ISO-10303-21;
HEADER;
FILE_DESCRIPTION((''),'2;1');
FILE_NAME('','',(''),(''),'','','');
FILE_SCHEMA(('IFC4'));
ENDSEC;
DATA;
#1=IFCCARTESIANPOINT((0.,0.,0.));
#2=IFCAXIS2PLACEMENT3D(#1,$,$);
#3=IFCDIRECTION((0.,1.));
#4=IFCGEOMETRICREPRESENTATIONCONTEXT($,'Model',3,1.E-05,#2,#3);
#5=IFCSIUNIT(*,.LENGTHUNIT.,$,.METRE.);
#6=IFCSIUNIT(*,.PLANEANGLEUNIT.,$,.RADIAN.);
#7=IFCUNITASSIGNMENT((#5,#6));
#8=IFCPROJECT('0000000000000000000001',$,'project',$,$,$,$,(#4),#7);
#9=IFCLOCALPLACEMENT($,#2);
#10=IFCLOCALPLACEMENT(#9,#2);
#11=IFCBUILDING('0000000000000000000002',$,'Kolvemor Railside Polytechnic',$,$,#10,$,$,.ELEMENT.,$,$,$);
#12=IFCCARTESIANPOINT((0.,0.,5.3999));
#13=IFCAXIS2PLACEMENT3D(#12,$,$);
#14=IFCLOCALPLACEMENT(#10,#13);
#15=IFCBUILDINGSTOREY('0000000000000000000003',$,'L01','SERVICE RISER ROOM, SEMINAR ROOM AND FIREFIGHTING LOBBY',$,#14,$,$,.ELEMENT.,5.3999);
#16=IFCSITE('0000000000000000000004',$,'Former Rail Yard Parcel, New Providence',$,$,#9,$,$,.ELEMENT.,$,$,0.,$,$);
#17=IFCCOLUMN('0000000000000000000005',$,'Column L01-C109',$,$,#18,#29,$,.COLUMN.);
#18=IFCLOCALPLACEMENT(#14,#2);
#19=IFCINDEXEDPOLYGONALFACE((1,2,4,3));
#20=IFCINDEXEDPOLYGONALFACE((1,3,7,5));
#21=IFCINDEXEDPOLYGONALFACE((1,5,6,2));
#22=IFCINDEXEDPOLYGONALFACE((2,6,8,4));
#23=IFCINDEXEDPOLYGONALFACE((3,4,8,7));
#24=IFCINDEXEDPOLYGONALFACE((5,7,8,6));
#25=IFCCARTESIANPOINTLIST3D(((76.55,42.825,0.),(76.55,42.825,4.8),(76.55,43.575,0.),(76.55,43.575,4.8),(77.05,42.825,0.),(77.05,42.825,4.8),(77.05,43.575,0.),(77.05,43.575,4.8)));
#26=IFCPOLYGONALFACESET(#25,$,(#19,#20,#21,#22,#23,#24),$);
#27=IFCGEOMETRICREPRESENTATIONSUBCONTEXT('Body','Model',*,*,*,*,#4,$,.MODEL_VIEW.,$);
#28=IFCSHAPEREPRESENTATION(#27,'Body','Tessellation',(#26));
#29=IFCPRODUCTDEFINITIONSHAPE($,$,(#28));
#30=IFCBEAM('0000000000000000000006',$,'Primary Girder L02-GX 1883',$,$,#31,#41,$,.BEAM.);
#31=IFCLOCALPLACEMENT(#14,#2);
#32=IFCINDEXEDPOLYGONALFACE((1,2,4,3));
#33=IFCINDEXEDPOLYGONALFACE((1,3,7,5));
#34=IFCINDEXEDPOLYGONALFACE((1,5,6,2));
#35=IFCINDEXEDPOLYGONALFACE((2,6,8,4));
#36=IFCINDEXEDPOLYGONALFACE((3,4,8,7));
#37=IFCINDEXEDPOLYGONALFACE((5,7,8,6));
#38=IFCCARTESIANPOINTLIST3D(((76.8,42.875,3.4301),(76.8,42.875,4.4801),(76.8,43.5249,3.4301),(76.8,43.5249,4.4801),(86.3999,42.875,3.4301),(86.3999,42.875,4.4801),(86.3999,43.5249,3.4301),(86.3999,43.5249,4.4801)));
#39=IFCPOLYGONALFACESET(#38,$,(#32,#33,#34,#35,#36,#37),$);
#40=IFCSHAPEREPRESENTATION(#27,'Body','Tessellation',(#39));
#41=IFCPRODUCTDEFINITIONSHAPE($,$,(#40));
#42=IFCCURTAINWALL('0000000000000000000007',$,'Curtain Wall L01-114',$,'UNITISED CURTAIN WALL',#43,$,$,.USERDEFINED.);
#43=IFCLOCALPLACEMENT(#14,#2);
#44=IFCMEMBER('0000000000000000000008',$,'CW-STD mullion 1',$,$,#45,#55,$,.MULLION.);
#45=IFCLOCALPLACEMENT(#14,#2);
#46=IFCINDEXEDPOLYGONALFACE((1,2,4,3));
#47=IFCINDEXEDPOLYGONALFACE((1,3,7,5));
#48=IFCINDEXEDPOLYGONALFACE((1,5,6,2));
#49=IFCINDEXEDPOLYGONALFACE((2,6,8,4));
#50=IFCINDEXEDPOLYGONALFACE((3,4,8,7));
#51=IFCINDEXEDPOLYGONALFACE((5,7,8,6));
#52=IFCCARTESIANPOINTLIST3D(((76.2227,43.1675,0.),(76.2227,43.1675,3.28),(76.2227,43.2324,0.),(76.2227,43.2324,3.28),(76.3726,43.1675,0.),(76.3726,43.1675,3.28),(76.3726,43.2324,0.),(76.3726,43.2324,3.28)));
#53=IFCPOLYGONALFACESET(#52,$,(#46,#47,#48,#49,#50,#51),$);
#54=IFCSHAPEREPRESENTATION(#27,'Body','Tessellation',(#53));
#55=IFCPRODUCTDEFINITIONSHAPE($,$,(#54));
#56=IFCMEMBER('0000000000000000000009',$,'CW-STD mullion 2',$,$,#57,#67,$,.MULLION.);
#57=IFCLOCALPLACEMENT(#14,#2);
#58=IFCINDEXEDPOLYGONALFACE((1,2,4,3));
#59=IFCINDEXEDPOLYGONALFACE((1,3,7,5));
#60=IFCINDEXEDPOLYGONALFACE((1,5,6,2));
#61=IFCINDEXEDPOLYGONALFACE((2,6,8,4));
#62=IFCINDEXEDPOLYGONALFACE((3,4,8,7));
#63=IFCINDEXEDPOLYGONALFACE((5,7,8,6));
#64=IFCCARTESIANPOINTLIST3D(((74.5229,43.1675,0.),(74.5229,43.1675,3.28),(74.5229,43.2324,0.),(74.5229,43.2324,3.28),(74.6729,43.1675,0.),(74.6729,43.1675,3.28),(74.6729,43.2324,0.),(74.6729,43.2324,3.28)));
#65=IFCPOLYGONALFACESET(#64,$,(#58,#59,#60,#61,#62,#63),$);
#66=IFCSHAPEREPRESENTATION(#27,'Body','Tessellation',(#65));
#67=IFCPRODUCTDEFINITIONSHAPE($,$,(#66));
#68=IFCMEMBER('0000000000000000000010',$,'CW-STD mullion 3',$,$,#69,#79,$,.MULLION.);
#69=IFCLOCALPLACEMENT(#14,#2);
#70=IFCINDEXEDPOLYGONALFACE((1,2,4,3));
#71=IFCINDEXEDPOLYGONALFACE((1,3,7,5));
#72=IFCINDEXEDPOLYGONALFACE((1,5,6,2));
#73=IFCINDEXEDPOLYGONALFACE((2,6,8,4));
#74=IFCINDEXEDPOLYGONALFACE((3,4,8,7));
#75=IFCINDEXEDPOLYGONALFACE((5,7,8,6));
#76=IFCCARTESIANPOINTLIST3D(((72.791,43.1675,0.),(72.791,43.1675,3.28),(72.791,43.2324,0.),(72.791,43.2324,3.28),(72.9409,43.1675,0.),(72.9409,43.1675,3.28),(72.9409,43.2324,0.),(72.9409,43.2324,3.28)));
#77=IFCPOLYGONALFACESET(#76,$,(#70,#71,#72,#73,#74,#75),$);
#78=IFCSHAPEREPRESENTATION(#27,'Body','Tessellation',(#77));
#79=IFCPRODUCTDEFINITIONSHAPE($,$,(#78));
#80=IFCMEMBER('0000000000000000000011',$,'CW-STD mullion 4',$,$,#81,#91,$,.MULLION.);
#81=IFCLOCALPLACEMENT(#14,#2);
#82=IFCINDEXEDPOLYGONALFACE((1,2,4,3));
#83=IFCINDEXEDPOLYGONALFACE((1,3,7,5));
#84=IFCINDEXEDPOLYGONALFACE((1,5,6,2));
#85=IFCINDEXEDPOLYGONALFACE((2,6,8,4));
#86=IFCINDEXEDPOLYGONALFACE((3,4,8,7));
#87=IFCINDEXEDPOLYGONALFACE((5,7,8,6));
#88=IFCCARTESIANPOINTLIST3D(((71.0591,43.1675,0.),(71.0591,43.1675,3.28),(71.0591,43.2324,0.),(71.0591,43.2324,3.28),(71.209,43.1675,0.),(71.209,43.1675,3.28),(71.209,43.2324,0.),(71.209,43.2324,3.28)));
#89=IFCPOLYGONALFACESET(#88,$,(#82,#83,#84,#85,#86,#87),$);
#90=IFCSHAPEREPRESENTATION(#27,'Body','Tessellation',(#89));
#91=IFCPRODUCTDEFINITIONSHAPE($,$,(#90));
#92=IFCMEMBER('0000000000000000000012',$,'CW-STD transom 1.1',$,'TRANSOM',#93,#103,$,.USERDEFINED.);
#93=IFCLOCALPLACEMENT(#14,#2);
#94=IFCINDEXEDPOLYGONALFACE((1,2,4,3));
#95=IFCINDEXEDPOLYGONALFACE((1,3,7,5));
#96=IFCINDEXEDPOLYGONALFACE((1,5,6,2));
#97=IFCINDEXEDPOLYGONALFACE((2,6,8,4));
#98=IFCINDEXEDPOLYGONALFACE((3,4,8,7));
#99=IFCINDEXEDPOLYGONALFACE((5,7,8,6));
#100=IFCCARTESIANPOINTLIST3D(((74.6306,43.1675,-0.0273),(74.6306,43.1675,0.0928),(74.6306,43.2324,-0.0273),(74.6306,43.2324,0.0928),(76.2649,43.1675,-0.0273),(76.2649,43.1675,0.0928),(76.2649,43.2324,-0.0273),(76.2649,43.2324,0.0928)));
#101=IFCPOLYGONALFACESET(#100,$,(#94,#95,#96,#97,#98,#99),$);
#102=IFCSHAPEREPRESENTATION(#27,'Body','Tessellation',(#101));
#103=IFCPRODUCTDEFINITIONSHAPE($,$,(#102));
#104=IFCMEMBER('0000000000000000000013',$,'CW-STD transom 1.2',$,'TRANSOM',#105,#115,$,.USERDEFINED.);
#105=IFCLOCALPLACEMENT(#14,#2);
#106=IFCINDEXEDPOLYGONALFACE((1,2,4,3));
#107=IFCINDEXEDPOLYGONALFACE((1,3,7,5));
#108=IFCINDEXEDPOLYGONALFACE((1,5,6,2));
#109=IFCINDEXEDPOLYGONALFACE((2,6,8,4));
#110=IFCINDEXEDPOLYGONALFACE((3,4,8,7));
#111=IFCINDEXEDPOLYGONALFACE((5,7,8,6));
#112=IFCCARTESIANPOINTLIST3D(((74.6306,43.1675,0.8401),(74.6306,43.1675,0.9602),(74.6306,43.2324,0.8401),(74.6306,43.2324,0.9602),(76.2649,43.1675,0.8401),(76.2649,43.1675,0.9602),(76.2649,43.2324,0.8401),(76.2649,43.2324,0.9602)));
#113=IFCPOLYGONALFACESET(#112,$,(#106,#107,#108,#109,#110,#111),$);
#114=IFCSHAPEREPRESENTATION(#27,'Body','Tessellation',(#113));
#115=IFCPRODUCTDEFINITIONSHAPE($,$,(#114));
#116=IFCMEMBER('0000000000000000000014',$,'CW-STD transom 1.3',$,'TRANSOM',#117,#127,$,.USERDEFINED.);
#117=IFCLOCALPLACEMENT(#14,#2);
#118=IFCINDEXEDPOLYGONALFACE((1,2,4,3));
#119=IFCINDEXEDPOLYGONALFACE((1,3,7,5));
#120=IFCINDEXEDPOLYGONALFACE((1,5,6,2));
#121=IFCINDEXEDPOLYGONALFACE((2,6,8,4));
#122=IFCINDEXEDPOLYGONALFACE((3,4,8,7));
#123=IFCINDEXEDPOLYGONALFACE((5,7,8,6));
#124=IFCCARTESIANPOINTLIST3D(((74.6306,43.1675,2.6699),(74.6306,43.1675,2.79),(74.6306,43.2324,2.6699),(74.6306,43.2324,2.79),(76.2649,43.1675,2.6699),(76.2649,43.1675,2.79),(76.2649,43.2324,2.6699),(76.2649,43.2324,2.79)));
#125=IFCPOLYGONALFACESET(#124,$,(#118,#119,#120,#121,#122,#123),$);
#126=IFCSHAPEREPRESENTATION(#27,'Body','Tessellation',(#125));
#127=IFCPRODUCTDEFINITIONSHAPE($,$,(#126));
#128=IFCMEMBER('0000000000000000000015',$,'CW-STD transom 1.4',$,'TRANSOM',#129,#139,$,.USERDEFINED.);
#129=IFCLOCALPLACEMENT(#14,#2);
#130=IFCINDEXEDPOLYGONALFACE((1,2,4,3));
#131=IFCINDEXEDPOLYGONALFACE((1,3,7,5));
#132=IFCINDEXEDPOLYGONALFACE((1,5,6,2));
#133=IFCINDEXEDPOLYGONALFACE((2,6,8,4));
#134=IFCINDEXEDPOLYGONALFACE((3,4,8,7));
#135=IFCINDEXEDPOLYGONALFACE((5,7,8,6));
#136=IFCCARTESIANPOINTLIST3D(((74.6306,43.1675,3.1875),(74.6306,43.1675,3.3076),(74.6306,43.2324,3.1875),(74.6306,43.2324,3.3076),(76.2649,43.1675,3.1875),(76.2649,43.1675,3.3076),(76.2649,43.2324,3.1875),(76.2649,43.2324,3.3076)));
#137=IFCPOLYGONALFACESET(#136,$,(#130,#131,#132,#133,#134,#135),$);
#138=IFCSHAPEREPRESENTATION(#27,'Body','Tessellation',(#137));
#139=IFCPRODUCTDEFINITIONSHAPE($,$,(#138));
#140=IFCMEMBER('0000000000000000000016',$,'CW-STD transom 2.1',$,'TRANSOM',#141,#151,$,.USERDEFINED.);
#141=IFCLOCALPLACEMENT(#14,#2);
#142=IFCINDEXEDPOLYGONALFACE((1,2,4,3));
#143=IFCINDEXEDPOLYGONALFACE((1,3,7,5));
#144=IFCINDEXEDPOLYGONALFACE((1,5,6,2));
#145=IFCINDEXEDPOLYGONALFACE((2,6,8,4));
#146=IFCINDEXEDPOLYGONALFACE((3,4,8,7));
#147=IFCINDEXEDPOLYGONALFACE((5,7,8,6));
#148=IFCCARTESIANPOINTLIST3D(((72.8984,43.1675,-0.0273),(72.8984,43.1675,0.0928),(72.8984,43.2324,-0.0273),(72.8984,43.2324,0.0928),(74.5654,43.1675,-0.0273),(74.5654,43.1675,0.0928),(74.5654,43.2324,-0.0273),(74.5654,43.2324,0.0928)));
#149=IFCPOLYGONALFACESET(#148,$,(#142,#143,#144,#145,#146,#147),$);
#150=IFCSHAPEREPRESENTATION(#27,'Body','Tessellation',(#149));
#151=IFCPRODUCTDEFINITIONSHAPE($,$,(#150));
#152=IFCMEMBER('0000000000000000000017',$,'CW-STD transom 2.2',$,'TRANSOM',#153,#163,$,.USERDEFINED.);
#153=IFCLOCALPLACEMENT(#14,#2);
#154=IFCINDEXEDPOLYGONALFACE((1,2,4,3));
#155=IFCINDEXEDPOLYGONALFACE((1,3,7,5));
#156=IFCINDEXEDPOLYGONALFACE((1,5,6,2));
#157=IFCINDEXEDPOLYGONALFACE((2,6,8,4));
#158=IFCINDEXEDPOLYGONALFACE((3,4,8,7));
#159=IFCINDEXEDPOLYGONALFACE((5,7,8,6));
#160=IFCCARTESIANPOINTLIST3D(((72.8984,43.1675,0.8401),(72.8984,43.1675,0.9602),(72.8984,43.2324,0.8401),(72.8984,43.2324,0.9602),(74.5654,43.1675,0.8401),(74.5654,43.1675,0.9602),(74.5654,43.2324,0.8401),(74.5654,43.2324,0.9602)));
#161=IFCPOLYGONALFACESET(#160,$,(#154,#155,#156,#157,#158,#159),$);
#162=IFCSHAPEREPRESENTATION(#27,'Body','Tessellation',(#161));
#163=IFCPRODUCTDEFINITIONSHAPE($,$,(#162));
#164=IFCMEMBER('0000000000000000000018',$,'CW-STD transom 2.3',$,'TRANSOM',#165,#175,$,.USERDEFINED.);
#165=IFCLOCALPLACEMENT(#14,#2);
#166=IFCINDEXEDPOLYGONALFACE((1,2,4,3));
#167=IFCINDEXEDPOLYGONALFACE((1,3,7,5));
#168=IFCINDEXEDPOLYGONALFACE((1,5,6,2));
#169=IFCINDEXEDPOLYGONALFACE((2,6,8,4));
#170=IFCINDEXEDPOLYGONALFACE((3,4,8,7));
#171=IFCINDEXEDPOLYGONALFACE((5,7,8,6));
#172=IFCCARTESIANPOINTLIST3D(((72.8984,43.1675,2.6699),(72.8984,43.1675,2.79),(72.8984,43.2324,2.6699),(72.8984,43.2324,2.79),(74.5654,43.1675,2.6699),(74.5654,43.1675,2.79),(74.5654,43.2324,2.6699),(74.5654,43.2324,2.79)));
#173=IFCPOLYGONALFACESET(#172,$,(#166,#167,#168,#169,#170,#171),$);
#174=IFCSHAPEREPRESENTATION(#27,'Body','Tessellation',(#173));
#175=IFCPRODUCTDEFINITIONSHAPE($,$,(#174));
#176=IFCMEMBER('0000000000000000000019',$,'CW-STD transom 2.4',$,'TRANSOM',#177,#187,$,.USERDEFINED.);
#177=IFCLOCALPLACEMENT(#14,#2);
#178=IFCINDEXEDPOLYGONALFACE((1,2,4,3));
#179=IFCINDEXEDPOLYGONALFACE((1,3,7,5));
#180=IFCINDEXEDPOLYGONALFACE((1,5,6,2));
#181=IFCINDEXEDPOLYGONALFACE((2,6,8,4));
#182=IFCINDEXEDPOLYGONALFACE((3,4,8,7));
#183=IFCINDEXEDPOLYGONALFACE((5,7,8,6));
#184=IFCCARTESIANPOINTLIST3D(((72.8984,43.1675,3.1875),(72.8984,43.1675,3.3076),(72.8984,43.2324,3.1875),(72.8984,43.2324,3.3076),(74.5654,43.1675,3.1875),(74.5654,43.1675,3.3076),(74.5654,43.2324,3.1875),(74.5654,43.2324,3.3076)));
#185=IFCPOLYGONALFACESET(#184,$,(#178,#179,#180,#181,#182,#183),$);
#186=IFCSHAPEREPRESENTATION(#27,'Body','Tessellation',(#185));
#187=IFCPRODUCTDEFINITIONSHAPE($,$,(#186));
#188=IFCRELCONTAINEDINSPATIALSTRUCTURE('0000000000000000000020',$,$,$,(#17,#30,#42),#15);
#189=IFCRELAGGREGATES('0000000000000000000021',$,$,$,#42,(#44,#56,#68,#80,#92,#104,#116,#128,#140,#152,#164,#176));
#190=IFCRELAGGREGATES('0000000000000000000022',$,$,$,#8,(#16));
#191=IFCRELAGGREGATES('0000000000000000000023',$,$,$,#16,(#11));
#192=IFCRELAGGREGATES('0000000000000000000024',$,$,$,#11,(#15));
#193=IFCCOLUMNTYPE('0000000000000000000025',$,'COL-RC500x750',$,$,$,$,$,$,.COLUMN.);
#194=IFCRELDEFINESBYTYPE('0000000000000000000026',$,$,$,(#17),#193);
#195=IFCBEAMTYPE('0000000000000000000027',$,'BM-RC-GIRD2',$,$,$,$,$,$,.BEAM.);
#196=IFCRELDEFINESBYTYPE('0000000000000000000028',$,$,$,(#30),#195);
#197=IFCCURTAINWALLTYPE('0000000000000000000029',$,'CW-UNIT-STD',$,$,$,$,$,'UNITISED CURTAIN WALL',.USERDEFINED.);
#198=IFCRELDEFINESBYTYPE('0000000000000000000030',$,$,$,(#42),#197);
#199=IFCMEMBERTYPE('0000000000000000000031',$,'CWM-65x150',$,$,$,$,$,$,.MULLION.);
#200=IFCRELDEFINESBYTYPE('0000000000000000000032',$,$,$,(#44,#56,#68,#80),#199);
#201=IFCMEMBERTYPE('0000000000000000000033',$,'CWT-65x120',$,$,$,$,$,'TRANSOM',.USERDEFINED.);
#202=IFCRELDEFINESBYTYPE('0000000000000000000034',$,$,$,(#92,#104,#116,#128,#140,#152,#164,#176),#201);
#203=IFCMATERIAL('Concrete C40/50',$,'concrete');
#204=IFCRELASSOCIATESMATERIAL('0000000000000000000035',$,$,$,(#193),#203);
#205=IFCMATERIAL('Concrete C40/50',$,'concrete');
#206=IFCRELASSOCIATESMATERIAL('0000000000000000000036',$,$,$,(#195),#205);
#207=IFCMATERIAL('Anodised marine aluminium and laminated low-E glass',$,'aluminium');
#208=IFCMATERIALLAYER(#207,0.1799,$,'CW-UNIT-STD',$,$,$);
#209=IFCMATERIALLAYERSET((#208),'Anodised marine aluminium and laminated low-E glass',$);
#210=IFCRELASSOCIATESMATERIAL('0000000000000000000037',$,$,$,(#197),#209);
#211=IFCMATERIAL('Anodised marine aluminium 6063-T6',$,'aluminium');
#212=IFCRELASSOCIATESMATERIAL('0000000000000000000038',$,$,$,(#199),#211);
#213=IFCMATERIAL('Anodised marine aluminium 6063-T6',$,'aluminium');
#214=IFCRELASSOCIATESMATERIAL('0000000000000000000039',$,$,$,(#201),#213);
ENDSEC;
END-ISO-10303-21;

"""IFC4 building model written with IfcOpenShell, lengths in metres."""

from ifc_helpers import new_model, si_unit, direction, frame, origin, origin_2d, place, context, subcontext, project, spatial, rectangle, extrude, material, layer, layer_set, material_profile, profile_set, type_object, element, aggregate, save


model = new_model("IFC4")

# Units and contexts
model_context = context("Model", 3, precision=1e-05, world=origin(), true_north=direction((0.0, 1.0)))
body_context = subcontext(model_context, "Body", "Model", "MODEL_VIEW")
ifc_project = project(units=[si_unit("LENGTHUNIT", "METRE"), si_unit("PLANEANGLEUNIT", "RADIAN")], contexts=[model_context])

# Site, building, storey
site_placement = place(None, origin())
site = spatial("IfcSite", under=ifc_project, at=site_placement, Name="Former Rail Yard Parcel, New Providence", CompositionType="ELEMENT", RefElevation=0.0)
building_placement = place(site_placement, origin())
building = spatial("IfcBuilding", under=site, at=building_placement, Name="Kolvemor Railside Polytechnic", CompositionType="ELEMENT")
storey_placement = place(building_placement, frame((0.0, 0.0, 5.3999)))
storey = spatial("IfcBuildingStorey", under=building, at=storey_placement, Name="L01", Description="SERVICE RISER ROOM, SEMINAR ROOM AND FIREFIGHTING LOBBY", CompositionType="ELEMENT", Elevation=5.3999)

# Column
ifc_material_1 = material(Name="Concrete C40/50", Category="concrete")
ifc_material_profile_1 = material_profile(ifc_material_1, rectangle(XDim=0.5, YDim=0.75, at=origin_2d()), Name="RC500x750")
ifc_profile_set_1 = profile_set([ifc_material_profile_1], Name="Concrete C40/50")
column_type = type_object("IfcColumnType", Name="COL-RC500x750", PredefinedType="COLUMN", material=ifc_profile_set_1)
column_placement = place(storey_placement, frame((76.8, 43.2, 0.0), z_axis=(0.0, 0.0, 1.0), x_axis=(1.0, 0.0, 0.0)))
element("IfcColumn", 1, at=column_placement, inside=storey, type_object=column_type, Name="Column L01-C109", PredefinedType="COLUMN", context=body_context, shape_type="SweptSolid", body=[
    extrude(rectangle(XDim=0.5, YDim=0.75, at=origin_2d()), origin(), (0.0, 0.0, 1.0), 4.8),
])

# Beam
ifc_material_2 = material(Name="Concrete C40/50", Category="concrete")
ifc_material_profile_2 = material_profile(ifc_material_2, rectangle(XDim=0.6499, YDim=1.05, at=origin_2d()), Name="RC650x1050")
ifc_profile_set_2 = profile_set([ifc_material_profile_2], Name="Concrete C40/50")
beam_type = type_object("IfcBeamType", Name="BM-RC-GIRD2", PredefinedType="BEAM", material=ifc_profile_set_2)
beam_placement = place(storey_placement, frame((76.8, 43.2, 3.9551), z_axis=(1.0, 0.0, 0.0), x_axis=(0.0, 1.0, 0.0)))
element("IfcBeam", 2, at=beam_placement, inside=storey, type_object=beam_type, Name="Primary Girder L02-GX 1883", PredefinedType="BEAM", context=body_context, shape_type="SweptSolid", body=[
    extrude(rectangle(XDim=0.6499, YDim=1.05, at=origin_2d()), origin(), (0.0, 0.0, 1.0), 9.5999),
])

# Curtain wall, members
ifc_material_3 = material(Name="Anodised marine aluminium and laminated low-E glass", Category="aluminium")
ifc_layer_1 = layer(ifc_material_3, 0.1799, Name="CW-UNIT-STD")
ifc_layer_set_1 = layer_set([ifc_layer_1], Name="Anodised marine aluminium and laminated low-E glass")
curtain_wall_type = type_object("IfcCurtainWallType", Name="CW-UNIT-STD", ElementType="UNITISED CURTAIN WALL", PredefinedType="USERDEFINED", material=ifc_layer_set_1)
curtain_wall_placement = place(storey_placement, origin())
curtain_wall = element("IfcCurtainWall", 3, at=curtain_wall_placement, inside=storey, type_object=curtain_wall_type, Name="Curtain Wall L01-114", ObjectType="UNITISED CURTAIN WALL", PredefinedType="USERDEFINED")
ifc_material_4 = material(Name="Anodised marine aluminium 6063-T6", Category="aluminium")
ifc_material_profile_3 = material_profile(ifc_material_4, rectangle(XDim=0.0649, YDim=0.1499, at=origin_2d()), Name="CW-MUL-65x150")
ifc_profile_set_3 = profile_set([ifc_material_profile_3], Name="Anodised marine aluminium 6063-T6")
member_type_1 = type_object("IfcMemberType", Name="CWM-65x150", PredefinedType="MULLION", material=ifc_profile_set_3)
member_1_placement = place(storey_placement, frame((76.2976, 43.2, 0.0), z_axis=(0.0, 0.0, 1.0), x_axis=(0.0, -1.0, 0.0)))
member_1 = element("IfcMember", 4, at=member_1_placement, type_object=member_type_1, Name="CW-STD mullion 1", PredefinedType="MULLION", context=body_context, shape_type="SweptSolid", body=[
    extrude(rectangle(XDim=0.0649, YDim=0.1499, at=origin_2d()), origin(), (0.0, 0.0, 1.0), 3.28),
])
member_2_placement = place(storey_placement, frame((74.5979, 43.2, 0.0), z_axis=(0.0, 0.0, 1.0), x_axis=(0.0, -1.0, 0.0)))
member_2 = element("IfcMember", 5, at=member_2_placement, type_object=member_type_1, Name="CW-STD mullion 2", PredefinedType="MULLION", context=body_context, shape_type="SweptSolid", body=[
    extrude(rectangle(XDim=0.0649, YDim=0.1499, at=origin_2d()), origin(), (0.0, 0.0, 1.0), 3.28),
])
member_3_placement = place(storey_placement, frame((72.866, 43.2, 0.0), z_axis=(0.0, 0.0, 1.0), x_axis=(0.0, -1.0, 0.0)))
member_3 = element("IfcMember", 6, at=member_3_placement, type_object=member_type_1, Name="CW-STD mullion 3", PredefinedType="MULLION", context=body_context, shape_type="SweptSolid", body=[
    extrude(rectangle(XDim=0.0649, YDim=0.1499, at=origin_2d()), origin(), (0.0, 0.0, 1.0), 3.28),
])
member_4_placement = place(storey_placement, frame((71.134, 43.2, 0.0), z_axis=(0.0, 0.0, 1.0), x_axis=(0.0, -1.0, 0.0)))
member_4 = element("IfcMember", 7, at=member_4_placement, type_object=member_type_1, Name="CW-STD mullion 4", PredefinedType="MULLION", context=body_context, shape_type="SweptSolid", body=[
    extrude(rectangle(XDim=0.0649, YDim=0.1499, at=origin_2d()), origin(), (0.0, 0.0, 1.0), 3.28),
])
ifc_material_5 = material(Name="Anodised marine aluminium 6063-T6", Category="aluminium")
ifc_material_profile_4 = material_profile(ifc_material_5, rectangle(XDim=0.0649, YDim=0.1201, at=origin_2d()), Name="CW-TRN-65x120")
ifc_profile_set_4 = profile_set([ifc_material_profile_4], Name="Anodised marine aluminium 6063-T6")
member_type_2 = type_object("IfcMemberType", Name="CWT-65x120", ElementType="TRANSOM", PredefinedType="USERDEFINED", material=ifc_profile_set_4)
member_5_placement = place(storey_placement, frame((76.2649, 43.2, 0.0327), z_axis=(-1.0, 0.0, 0.0), x_axis=(0.0, -1.0, 0.0)))
member_5 = element("IfcMember", 8, at=member_5_placement, type_object=member_type_2, Name="CW-STD transom 1.1", ObjectType="TRANSOM", PredefinedType="USERDEFINED", context=body_context, shape_type="SweptSolid", body=[
    extrude(rectangle(XDim=0.0649, YDim=0.1201, at=origin_2d()), origin(), (0.0, 0.0, 1.0), 1.6343),
])
member_6_placement = place(storey_placement, frame((76.2649, 43.2, 0.9001), z_axis=(-1.0, 0.0, 0.0), x_axis=(0.0, -1.0, 0.0)))
member_6 = element("IfcMember", 9, at=member_6_placement, type_object=member_type_2, Name="CW-STD transom 1.2", ObjectType="TRANSOM", PredefinedType="USERDEFINED", context=body_context, shape_type="SweptSolid", body=[
    extrude(rectangle(XDim=0.0649, YDim=0.1201, at=origin_2d()), origin(), (0.0, 0.0, 1.0), 1.6343),
])
member_7_placement = place(storey_placement, frame((76.2649, 43.2, 2.73), z_axis=(-1.0, 0.0, 0.0), x_axis=(0.0, -1.0, 0.0)))
member_7 = element("IfcMember", 10, at=member_7_placement, type_object=member_type_2, Name="CW-STD transom 1.3", ObjectType="TRANSOM", PredefinedType="USERDEFINED", context=body_context, shape_type="SweptSolid", body=[
    extrude(rectangle(XDim=0.0649, YDim=0.1201, at=origin_2d()), origin(), (0.0, 0.0, 1.0), 1.6343),
])
member_8_placement = place(storey_placement, frame((76.2649, 43.2, 3.2476), z_axis=(-1.0, 0.0, 0.0), x_axis=(0.0, -1.0, 0.0)))
member_8 = element("IfcMember", 11, at=member_8_placement, type_object=member_type_2, Name="CW-STD transom 1.4", ObjectType="TRANSOM", PredefinedType="USERDEFINED", context=body_context, shape_type="SweptSolid", body=[
    extrude(rectangle(XDim=0.0649, YDim=0.1201, at=origin_2d()), origin(), (0.0, 0.0, 1.0), 1.6343),
])
member_9_placement = place(storey_placement, frame((74.5654, 43.2, 0.0327), z_axis=(-1.0, 0.0, 0.0), x_axis=(0.0, -1.0, 0.0)))
member_9 = element("IfcMember", 12, at=member_9_placement, type_object=member_type_2, Name="CW-STD transom 2.1", ObjectType="TRANSOM", PredefinedType="USERDEFINED", context=body_context, shape_type="SweptSolid", body=[
    extrude(rectangle(XDim=0.0649, YDim=0.1201, at=origin_2d()), origin(), (0.0, 0.0, 1.0), 1.667),
])
member_10_placement = place(storey_placement, frame((74.5654, 43.2, 0.9001), z_axis=(-1.0, 0.0, 0.0), x_axis=(0.0, -1.0, 0.0)))
member_10 = element("IfcMember", 13, at=member_10_placement, type_object=member_type_2, Name="CW-STD transom 2.2", ObjectType="TRANSOM", PredefinedType="USERDEFINED", context=body_context, shape_type="SweptSolid", body=[
    extrude(rectangle(XDim=0.0649, YDim=0.1201, at=origin_2d()), origin(), (0.0, 0.0, 1.0), 1.667),
])
member_11_placement = place(storey_placement, frame((74.5654, 43.2, 2.73), z_axis=(-1.0, 0.0, 0.0), x_axis=(0.0, -1.0, 0.0)))
member_11 = element("IfcMember", 14, at=member_11_placement, type_object=member_type_2, Name="CW-STD transom 2.3", ObjectType="TRANSOM", PredefinedType="USERDEFINED", context=body_context, shape_type="SweptSolid", body=[
    extrude(rectangle(XDim=0.0649, YDim=0.1201, at=origin_2d()), origin(), (0.0, 0.0, 1.0), 1.667),
])
member_12_placement = place(storey_placement, frame((74.5654, 43.2, 3.2476), z_axis=(-1.0, 0.0, 0.0), x_axis=(0.0, -1.0, 0.0)))
member_12 = element("IfcMember", 15, at=member_12_placement, type_object=member_type_2, Name="CW-STD transom 2.4", ObjectType="TRANSOM", PredefinedType="USERDEFINED", context=body_context, shape_type="SweptSolid", body=[
    extrude(rectangle(XDim=0.0649, YDim=0.1201, at=origin_2d()), origin(), (0.0, 0.0, 1.0), 1.667),
])
aggregate(curtain_wall, [member_1, member_2, member_3, member_4, member_5, member_6, member_7, member_8, member_9, member_10, member_11, member_12])

save(model, "model.ifc")
